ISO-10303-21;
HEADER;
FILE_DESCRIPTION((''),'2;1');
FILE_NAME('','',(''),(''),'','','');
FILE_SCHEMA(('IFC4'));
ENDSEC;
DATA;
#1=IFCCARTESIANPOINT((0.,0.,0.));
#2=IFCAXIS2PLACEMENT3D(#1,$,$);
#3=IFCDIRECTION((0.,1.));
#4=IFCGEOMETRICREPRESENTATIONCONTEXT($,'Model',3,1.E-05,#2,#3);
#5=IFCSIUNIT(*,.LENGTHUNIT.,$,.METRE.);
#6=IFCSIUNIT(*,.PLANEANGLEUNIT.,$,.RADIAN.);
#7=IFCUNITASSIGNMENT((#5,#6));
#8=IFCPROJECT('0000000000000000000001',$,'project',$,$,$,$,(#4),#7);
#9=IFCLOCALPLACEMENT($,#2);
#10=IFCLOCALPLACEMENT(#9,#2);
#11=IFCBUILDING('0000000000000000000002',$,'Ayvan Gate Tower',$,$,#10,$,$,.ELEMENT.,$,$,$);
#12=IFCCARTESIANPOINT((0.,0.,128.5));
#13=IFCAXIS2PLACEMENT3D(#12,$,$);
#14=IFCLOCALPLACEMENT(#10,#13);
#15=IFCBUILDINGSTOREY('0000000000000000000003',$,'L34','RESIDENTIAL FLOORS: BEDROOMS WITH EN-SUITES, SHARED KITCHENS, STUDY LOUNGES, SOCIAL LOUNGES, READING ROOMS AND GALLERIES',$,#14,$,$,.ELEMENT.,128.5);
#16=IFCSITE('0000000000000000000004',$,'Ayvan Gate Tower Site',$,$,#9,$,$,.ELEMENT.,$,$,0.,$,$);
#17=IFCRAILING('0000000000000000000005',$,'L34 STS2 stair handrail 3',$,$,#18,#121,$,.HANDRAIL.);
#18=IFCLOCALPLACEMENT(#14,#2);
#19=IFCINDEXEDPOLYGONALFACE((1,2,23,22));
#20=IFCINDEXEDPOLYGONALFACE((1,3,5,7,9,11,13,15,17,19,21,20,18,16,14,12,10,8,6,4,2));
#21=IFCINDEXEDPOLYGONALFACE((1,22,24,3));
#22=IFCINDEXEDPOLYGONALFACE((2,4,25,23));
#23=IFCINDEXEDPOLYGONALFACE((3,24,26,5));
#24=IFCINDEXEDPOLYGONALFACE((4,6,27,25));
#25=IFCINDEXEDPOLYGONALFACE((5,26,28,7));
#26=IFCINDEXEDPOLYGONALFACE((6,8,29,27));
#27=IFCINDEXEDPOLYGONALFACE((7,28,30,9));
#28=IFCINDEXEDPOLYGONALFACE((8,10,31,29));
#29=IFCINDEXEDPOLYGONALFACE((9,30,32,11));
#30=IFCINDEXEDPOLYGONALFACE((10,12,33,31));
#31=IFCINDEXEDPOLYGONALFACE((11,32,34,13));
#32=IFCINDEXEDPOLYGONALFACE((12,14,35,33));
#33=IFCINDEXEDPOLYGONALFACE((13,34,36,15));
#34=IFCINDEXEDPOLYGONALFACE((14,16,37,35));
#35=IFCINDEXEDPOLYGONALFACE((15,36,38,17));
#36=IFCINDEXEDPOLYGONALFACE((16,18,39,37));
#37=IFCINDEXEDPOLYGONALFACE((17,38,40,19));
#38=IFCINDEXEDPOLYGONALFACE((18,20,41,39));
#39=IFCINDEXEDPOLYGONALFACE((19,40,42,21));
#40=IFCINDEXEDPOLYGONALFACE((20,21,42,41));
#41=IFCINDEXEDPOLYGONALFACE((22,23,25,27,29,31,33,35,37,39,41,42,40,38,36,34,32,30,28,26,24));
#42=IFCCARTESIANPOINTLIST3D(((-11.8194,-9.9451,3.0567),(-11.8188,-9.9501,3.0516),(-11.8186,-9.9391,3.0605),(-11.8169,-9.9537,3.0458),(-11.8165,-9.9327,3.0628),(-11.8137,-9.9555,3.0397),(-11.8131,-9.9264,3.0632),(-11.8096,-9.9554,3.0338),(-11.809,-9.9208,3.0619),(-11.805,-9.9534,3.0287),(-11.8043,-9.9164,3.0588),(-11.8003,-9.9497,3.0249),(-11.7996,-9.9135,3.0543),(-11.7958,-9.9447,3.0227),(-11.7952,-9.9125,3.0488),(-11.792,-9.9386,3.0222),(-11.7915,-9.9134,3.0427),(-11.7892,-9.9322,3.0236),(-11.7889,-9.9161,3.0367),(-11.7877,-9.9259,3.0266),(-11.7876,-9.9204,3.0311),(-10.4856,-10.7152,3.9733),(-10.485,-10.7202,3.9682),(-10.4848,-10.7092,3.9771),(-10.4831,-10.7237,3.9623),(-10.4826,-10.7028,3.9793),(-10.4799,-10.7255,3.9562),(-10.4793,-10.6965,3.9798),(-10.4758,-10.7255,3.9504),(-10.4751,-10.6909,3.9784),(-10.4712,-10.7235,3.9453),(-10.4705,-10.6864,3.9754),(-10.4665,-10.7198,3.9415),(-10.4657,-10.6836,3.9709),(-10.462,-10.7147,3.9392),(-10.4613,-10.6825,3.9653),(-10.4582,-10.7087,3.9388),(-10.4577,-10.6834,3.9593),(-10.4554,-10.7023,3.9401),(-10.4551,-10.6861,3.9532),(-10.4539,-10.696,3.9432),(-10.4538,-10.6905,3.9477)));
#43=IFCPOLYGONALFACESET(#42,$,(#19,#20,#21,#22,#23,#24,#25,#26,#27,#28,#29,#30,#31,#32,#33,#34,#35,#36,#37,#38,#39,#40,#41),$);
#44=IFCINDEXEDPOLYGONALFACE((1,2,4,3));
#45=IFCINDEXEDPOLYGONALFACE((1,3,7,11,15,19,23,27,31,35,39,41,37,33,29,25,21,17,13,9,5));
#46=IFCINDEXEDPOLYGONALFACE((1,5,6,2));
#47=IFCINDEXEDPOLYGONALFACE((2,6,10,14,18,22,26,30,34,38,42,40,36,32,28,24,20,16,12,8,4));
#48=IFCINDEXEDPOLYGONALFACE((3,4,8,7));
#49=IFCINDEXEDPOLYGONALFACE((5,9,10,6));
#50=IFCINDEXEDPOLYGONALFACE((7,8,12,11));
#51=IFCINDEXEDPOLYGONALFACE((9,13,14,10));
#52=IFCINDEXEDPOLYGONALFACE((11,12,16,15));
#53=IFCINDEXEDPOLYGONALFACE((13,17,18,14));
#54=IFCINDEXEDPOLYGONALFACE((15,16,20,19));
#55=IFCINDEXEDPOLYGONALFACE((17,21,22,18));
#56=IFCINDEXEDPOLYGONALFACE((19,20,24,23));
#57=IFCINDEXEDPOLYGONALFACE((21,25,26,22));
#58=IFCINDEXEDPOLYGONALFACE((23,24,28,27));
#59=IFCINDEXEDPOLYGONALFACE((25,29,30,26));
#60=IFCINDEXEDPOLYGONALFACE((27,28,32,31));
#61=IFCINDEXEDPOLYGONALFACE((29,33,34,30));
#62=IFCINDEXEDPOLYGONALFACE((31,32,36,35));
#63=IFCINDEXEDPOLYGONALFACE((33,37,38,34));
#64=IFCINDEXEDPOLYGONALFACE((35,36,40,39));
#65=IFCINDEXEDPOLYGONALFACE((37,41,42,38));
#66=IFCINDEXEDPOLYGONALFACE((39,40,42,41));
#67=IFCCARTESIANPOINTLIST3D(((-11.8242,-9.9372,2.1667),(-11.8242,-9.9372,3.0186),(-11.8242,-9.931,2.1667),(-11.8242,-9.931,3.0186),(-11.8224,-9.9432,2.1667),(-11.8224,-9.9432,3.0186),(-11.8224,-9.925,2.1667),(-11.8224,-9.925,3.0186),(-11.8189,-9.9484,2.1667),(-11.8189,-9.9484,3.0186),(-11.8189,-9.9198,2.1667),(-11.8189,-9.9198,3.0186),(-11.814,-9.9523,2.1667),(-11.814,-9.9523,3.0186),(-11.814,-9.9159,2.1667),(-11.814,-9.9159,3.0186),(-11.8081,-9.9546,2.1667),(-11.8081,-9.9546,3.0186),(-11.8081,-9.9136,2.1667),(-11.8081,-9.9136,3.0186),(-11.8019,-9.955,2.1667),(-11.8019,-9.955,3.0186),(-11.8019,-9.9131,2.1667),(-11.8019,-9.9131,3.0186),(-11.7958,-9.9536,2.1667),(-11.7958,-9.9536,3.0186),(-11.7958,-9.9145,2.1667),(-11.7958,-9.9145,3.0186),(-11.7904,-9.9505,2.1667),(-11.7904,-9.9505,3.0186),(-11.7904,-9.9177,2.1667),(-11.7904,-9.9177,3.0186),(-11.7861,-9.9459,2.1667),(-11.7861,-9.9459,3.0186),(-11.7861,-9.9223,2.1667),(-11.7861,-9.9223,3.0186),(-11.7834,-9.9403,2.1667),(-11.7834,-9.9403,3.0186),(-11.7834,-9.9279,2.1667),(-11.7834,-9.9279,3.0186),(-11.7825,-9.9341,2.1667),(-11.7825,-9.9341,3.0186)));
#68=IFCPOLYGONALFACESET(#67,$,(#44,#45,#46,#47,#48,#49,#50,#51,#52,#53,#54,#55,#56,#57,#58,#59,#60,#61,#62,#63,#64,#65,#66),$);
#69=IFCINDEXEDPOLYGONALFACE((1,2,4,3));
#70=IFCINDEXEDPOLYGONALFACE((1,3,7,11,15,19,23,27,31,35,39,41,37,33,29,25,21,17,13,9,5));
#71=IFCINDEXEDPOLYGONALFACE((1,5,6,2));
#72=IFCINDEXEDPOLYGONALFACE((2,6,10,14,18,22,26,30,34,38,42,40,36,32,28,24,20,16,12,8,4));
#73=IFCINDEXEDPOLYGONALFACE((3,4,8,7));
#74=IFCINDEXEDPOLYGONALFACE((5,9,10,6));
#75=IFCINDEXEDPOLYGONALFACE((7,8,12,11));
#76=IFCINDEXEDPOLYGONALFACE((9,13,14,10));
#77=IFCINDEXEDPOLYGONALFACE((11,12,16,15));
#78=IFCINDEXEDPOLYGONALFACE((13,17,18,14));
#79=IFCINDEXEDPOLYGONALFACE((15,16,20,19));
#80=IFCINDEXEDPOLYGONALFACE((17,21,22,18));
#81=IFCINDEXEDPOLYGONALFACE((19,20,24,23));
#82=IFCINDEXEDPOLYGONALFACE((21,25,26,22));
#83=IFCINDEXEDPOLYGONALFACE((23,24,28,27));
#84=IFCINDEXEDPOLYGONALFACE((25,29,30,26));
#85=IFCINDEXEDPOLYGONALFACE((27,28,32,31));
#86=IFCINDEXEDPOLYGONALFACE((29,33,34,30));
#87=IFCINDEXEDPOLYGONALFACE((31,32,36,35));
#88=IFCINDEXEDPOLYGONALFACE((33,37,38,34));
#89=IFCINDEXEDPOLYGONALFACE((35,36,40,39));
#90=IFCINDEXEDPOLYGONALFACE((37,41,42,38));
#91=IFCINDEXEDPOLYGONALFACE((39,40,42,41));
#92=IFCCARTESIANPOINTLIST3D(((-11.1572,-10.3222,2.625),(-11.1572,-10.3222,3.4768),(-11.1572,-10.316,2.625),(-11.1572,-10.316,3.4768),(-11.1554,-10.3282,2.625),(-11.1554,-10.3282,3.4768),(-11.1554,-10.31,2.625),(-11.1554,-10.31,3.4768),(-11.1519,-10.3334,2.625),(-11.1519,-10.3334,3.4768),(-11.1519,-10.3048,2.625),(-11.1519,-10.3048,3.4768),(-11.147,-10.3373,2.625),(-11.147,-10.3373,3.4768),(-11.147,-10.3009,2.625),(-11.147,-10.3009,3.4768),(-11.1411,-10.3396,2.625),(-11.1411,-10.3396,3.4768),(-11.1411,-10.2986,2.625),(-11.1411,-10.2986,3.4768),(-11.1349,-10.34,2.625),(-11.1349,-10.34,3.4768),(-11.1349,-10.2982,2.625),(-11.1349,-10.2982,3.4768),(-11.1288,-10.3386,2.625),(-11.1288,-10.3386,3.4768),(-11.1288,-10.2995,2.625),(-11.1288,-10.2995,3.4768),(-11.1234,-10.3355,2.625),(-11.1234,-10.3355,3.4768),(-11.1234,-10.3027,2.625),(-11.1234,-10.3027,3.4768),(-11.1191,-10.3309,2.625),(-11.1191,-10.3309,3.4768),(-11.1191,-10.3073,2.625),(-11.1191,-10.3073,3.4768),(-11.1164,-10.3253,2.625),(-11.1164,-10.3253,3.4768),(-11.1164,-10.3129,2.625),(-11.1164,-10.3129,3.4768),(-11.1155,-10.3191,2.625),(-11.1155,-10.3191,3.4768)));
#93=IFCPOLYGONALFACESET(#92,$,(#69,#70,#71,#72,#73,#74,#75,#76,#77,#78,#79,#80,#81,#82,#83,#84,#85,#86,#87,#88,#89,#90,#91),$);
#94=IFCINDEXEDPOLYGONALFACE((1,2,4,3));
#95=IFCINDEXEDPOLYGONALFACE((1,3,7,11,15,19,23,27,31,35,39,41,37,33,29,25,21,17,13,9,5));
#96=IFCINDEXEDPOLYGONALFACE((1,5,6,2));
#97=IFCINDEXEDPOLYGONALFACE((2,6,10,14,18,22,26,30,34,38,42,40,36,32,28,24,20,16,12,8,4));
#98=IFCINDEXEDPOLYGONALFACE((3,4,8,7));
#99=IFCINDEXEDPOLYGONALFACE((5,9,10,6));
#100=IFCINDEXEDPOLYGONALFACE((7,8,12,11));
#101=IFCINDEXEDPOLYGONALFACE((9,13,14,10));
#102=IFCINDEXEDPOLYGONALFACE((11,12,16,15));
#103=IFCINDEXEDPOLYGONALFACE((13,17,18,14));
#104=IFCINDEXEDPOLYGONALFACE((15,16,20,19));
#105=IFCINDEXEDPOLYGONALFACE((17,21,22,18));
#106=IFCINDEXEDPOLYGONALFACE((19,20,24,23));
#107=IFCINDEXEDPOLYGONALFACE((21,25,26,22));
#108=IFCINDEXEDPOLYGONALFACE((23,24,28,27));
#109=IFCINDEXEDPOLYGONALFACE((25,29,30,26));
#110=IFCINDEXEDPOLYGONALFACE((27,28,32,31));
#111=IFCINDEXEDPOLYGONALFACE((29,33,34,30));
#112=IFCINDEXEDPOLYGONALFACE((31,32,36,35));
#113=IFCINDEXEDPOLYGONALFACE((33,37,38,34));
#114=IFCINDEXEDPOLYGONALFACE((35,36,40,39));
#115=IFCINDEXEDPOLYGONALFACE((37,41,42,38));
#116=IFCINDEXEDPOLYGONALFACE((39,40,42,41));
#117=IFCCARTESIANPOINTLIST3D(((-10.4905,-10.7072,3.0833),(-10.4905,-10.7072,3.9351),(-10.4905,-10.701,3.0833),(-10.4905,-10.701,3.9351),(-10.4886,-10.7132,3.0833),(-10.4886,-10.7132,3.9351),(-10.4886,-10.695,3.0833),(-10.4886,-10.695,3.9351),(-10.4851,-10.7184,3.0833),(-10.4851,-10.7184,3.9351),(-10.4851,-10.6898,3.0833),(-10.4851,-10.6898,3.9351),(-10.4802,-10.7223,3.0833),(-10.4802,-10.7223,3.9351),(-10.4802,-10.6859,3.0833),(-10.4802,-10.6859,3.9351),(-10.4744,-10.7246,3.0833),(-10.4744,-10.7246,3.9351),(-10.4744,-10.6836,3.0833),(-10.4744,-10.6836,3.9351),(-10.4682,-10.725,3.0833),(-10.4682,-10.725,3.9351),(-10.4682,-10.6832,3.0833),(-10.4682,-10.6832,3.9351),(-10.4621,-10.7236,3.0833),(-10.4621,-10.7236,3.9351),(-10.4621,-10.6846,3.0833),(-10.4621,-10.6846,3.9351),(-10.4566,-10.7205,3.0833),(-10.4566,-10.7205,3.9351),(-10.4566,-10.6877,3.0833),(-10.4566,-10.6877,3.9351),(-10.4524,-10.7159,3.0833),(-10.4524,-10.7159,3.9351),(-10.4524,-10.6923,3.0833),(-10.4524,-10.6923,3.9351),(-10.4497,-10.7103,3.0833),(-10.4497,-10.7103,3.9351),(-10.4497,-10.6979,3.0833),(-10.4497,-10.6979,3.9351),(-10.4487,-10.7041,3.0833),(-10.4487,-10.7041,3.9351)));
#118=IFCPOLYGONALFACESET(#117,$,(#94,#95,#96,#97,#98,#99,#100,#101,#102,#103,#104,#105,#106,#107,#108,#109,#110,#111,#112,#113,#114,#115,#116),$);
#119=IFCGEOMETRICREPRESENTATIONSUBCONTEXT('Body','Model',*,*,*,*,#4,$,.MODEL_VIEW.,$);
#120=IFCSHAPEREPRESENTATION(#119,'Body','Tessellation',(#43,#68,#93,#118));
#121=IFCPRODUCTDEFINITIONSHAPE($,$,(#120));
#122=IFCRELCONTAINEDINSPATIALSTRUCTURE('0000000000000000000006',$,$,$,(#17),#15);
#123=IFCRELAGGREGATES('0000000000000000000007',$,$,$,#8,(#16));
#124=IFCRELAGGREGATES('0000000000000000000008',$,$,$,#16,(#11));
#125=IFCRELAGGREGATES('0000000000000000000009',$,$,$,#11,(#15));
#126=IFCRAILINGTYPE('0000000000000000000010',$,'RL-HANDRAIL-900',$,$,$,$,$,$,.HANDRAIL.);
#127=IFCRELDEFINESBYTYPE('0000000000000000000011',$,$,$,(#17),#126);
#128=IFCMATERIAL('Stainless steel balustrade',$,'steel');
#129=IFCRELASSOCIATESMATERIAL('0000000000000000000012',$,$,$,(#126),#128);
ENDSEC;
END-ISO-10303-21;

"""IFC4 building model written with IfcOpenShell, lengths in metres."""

from ifc_helpers import new_model, si_unit, direction, frame, origin, origin_2d, place, context, subcontext, project, spatial, circle, extrude, material, type_object, element, save


model = new_model("IFC4")

# Units and contexts
model_context = context("Model", 3, precision=1e-05, world=origin(), true_north=direction((0.0, 1.0)))
body_context = subcontext(model_context, "Body", "Model", "MODEL_VIEW")
ifc_project = project(units=[si_unit("LENGTHUNIT", "METRE"), si_unit("PLANEANGLEUNIT", "RADIAN")], contexts=[model_context])

# Site, building, storey
site_placement = place(None, origin())
site = spatial("IfcSite", under=ifc_project, at=site_placement, Name="Ayvan Gate Tower Site", CompositionType="ELEMENT", RefElevation=0.0)
building_placement = place(site_placement, origin())
building = spatial("IfcBuilding", under=site, at=building_placement, Name="Ayvan Gate Tower", CompositionType="ELEMENT")
storey_placement = place(building_placement, frame((0.0, 0.0, 128.5)))
storey = spatial("IfcBuildingStorey", under=building, at=storey_placement, Name="L34", Description="RESIDENTIAL FLOORS: BEDROOMS WITH EN-SUITES, SHARED KITCHENS, STUDY LOUNGES, SOCIAL LOUNGES, READING ROOMS AND GALLERIES", CompositionType="ELEMENT", Elevation=128.5)

# Railing
ifc_material_1 = material(Name="Stainless steel balustrade", Category="steel")
railing_type_1 = type_object("IfcRailingType", Name="RL-HANDRAIL-900", PredefinedType="HANDRAIL", material=ifc_material_1)
railing_1_placement = place(storey_placement, frame((-11.8035, -9.9341, 2.1667)))
element("IfcRailing", 1, at=railing_1_placement, inside=storey, type_object=railing_type_1, Name="L34 STS2 stair handrail 3", PredefinedType="HANDRAIL", context=body_context, shape_type="SweptSolid", body=[
    extrude(circle(Radius=0.0239, at=origin_2d()), frame((0.0, 0.0, 0.876), z_axis=(0.744216, -0.429664, 0.511401), x_axis=(0.499992, 0.86603, 0.0)), (0.0, 0.0, 1.0), 1.7922),
    extrude(circle(Radius=0.021, at=origin_2d()), origin(), (0.0, 0.0, 1.0), 0.8518),
    extrude(circle(Radius=0.021, at=origin_2d()), frame((0.667, -0.385, 0.4583)), (0.0, 0.0, 1.0), 0.8518),
    extrude(circle(Radius=0.021, at=origin_2d()), frame((1.3337, -0.77, 0.9165)), (0.0, 0.0, 1.0), 0.8518),
])

save(model, "model.ifc")
